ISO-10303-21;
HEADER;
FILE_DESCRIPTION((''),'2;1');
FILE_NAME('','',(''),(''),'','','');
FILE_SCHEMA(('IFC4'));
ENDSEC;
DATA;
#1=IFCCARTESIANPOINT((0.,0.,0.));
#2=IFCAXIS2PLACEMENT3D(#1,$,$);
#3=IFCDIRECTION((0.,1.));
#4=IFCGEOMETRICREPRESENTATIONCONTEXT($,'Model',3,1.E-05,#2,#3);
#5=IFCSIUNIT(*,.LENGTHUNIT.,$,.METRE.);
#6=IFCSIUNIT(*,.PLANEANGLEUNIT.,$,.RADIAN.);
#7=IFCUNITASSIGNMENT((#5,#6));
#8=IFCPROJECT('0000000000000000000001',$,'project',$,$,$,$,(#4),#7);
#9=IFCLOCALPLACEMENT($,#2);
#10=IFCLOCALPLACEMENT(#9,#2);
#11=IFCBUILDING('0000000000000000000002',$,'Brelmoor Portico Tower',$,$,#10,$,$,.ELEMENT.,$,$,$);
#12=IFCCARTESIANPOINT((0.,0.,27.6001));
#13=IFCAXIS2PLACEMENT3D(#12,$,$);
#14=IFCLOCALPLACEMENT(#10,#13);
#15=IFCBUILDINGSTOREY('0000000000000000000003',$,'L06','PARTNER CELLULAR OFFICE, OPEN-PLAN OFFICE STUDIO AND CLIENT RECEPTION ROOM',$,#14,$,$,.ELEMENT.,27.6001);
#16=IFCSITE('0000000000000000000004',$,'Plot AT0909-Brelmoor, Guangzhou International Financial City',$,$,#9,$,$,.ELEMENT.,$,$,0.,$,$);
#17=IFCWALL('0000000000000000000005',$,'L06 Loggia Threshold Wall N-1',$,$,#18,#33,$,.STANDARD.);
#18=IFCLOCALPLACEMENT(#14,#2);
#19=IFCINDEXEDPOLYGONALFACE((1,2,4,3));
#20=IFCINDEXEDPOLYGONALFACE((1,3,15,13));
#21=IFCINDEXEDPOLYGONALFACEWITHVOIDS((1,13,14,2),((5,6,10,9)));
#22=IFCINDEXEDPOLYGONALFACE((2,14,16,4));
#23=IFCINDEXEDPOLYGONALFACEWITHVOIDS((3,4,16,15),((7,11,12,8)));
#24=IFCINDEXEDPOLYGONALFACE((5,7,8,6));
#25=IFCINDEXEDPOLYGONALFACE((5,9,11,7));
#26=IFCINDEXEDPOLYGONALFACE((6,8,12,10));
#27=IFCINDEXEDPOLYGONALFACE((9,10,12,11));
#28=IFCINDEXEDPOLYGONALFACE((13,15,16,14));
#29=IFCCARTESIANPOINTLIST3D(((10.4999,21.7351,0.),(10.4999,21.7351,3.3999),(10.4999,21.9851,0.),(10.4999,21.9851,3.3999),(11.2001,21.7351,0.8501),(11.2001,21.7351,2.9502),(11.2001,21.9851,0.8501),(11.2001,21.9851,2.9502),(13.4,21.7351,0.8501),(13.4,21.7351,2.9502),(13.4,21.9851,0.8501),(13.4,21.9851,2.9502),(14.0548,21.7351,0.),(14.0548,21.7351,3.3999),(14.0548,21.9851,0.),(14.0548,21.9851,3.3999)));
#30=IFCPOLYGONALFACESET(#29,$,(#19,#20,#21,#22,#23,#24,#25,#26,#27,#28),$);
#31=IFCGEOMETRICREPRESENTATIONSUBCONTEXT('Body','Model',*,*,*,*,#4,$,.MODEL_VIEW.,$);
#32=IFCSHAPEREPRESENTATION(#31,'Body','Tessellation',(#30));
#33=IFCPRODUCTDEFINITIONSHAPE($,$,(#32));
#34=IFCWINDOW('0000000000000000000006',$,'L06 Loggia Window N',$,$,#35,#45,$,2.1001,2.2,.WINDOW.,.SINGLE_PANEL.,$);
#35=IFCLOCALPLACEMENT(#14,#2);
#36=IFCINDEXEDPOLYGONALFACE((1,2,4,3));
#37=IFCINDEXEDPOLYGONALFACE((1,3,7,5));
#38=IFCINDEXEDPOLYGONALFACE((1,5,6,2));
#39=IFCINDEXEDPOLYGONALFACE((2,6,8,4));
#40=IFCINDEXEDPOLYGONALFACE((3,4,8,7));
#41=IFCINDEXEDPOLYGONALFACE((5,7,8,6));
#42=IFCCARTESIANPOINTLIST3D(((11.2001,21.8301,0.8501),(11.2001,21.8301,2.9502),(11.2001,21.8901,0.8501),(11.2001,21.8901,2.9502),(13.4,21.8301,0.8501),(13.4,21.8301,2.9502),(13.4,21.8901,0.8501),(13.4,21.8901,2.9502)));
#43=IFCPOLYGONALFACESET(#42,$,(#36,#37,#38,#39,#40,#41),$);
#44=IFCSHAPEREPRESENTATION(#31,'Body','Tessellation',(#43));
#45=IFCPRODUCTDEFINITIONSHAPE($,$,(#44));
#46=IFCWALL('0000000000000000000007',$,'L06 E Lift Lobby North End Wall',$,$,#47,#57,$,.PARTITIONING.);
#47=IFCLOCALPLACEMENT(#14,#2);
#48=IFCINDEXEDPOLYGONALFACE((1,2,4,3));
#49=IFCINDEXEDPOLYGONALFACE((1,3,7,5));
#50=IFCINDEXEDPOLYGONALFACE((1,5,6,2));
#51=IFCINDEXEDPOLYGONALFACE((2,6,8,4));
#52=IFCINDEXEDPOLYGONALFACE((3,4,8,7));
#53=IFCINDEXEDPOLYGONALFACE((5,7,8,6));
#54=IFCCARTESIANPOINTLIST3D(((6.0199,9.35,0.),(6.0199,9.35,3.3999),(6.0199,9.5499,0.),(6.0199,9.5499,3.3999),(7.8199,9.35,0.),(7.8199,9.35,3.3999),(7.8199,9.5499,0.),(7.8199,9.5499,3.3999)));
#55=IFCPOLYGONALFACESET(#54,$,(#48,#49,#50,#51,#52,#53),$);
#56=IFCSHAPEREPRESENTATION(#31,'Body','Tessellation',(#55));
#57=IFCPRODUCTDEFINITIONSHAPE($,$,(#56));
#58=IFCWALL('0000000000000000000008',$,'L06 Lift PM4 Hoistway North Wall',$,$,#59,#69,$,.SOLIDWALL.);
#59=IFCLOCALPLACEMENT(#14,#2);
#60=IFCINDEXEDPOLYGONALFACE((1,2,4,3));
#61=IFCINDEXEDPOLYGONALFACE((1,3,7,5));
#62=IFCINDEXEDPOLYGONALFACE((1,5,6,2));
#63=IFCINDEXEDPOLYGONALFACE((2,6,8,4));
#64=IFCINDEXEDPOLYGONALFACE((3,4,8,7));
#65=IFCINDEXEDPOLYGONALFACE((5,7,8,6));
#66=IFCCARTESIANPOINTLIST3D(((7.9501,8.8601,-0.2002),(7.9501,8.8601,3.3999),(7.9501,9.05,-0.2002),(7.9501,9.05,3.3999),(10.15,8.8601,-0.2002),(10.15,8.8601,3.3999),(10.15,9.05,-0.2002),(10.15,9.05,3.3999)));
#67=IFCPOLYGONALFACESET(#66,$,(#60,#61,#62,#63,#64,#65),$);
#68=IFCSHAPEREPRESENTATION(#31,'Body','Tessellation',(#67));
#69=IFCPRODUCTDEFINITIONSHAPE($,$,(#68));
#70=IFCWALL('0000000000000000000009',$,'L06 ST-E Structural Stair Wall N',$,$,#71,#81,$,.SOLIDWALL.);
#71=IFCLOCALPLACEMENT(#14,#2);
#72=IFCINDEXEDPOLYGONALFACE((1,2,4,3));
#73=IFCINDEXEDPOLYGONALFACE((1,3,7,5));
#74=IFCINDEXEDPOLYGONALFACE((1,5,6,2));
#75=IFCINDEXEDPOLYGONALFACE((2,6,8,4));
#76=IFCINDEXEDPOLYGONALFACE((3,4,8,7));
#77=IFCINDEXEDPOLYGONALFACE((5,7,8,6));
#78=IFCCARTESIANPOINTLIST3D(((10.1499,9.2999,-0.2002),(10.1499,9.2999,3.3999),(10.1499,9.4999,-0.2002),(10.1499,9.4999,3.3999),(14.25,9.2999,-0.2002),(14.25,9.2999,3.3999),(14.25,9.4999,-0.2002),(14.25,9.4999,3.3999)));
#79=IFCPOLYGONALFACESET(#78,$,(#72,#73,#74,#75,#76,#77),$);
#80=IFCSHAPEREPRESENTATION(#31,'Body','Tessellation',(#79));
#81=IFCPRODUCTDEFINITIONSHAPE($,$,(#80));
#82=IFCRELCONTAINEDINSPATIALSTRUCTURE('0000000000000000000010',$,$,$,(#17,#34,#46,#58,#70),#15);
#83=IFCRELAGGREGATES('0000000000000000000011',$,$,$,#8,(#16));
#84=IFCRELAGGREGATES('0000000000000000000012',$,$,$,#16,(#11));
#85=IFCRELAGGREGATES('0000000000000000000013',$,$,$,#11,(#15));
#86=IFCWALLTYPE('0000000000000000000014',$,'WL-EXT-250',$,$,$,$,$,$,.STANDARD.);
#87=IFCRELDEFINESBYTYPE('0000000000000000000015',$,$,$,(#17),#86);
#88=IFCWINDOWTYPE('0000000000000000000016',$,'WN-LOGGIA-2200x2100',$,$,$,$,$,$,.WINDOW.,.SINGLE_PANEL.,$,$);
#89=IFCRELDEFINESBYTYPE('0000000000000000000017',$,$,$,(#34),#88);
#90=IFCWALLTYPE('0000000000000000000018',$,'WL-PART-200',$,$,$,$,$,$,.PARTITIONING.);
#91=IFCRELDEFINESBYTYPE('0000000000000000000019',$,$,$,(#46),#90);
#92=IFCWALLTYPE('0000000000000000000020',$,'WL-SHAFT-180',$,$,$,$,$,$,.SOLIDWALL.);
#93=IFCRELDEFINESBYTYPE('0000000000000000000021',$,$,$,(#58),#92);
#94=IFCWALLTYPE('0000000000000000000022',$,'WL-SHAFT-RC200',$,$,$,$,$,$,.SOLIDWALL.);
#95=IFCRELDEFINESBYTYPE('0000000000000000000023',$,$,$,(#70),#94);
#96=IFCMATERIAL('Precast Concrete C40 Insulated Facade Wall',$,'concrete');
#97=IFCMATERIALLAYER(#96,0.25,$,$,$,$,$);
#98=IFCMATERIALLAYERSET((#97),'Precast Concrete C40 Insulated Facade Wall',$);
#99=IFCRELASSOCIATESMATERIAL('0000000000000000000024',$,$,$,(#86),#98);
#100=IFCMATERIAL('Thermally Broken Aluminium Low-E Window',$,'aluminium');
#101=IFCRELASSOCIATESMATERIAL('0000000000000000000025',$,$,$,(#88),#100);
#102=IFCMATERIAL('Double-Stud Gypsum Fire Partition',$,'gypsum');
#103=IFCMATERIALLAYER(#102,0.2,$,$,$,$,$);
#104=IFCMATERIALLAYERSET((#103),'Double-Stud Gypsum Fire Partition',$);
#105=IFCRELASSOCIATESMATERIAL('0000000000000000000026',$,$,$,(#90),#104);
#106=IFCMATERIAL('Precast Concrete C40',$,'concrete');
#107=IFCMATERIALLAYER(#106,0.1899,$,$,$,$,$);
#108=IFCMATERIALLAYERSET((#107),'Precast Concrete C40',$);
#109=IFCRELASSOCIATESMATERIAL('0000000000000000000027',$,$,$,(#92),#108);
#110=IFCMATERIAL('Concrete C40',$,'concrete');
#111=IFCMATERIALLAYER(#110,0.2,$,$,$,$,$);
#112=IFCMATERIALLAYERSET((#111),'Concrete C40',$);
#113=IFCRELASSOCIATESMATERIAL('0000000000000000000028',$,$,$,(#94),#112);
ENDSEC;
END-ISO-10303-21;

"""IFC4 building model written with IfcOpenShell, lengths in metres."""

from ifc_helpers import new_model, si_unit, direction, frame, frame_2d, origin, place, context, subcontext, project, spatial, rectangle, extrude, material, layer, layer_set, type_object, element, fill, save


model = new_model("IFC4")

# Units and contexts
model_context = context("Model", 3, precision=1e-05, world=origin(), true_north=direction((0.0, 1.0)))
body_context = subcontext(model_context, "Body", "Model", "MODEL_VIEW")
ifc_project = project(units=[si_unit("LENGTHUNIT", "METRE"), si_unit("PLANEANGLEUNIT", "RADIAN")], contexts=[model_context])

# Site, building, storey
site_placement = place(None, origin())
site = spatial("IfcSite", under=ifc_project, at=site_placement, Name="Plot AT0909-Brelmoor, Guangzhou International Financial City", CompositionType="ELEMENT", RefElevation=0.0)
building_placement = place(site_placement, origin())
building = spatial("IfcBuilding", under=site, at=building_placement, Name="Brelmoor Portico Tower", CompositionType="ELEMENT")
storey_placement = place(building_placement, frame((0.0, 0.0, 27.6001)))
storey = spatial("IfcBuildingStorey", under=building, at=storey_placement, Name="L06", Description="PARTNER CELLULAR OFFICE, OPEN-PLAN OFFICE STUDIO AND CLIENT RECEPTION ROOM", CompositionType="ELEMENT", Elevation=27.6001)

# Wall, opening, window
ifc_material_1 = material(Name="Precast Concrete C40 Insulated Facade Wall", Category="concrete")
ifc_layer_1 = layer(ifc_material_1, 0.25)
ifc_layer_set_1 = layer_set([ifc_layer_1], Name="Precast Concrete C40 Insulated Facade Wall")
wall_type_1 = type_object("IfcWallType", Name="WL-EXT-250", PredefinedType="STANDARD", material=ifc_layer_set_1)
wall_1_placement = place(storey_placement, frame((10.5, 21.8601, 0.0), z_axis=(0.0, 0.0, 1.0), x_axis=(1.0, 0.0, 0.0)))
wall_1 = element("IfcWall", 1, at=wall_1_placement, inside=storey, type_object=wall_type_1, Name="L06 Loggia Threshold Wall N-1", PredefinedType="STANDARD", context=body_context, shape_type="SweptSolid", body=[
    extrude(rectangle(XDim=3.5549, YDim=0.25, at=frame_2d((1.7773, 0.0))), origin(), (0.0, 0.0, 1.0), 3.3999),
])
opening_placement = place(wall_1_placement, frame((0.7, 0.0, 0.8501)))
opening = element("IfcOpeningElement", 2, at=opening_placement, cuts=wall_1, PredefinedType="OPENING", context=body_context, shape_type="SweptSolid", body=[
    extrude(rectangle(XDim=2.2, YDim=2.1001, at=frame_2d((1.1001, 1.05))), frame((0.0, 0.135, 0.0), z_axis=(0.0, -1.0, 0.0), x_axis=(1.0, 0.0, 0.0)), (0.0, 0.0, 1.0), 0.27),
])
ifc_material_2 = material(Name="Thermally Broken Aluminium Low-E Window", Category="aluminium")
window_type = type_object("IfcWindowType", Name="WN-LOGGIA-2200x2100", PartitioningType="SINGLE_PANEL", PredefinedType="WINDOW", material=ifc_material_2)
window_placement = place(opening_placement, origin())
window = element("IfcWindow", 3, at=window_placement, inside=storey, type_object=window_type, Name="L06 Loggia Window N", OverallHeight=2.1001, OverallWidth=2.2, PartitioningType="SINGLE_PANEL", PredefinedType="WINDOW", context=body_context, shape_type="SweptSolid", body=[
    extrude(rectangle(XDim=2.2, YDim=2.1001, at=frame_2d((1.1001, 1.05))), frame((0.0, 0.03, 0.0), z_axis=(0.0, -1.0, 0.0), x_axis=(1.0, 0.0, 0.0)), (0.0, 0.0, 1.0), 0.0601),
])
fill(opening, window)

# Walls
ifc_material_3 = material(Name="Double-Stud Gypsum Fire Partition", Category="gypsum")
ifc_layer_2 = layer(ifc_material_3, 0.2)
ifc_layer_set_2 = layer_set([ifc_layer_2], Name="Double-Stud Gypsum Fire Partition")
wall_type_2 = type_object("IfcWallType", Name="WL-PART-200", PredefinedType="PARTITIONING", material=ifc_layer_set_2)
wall_2_placement = place(storey_placement, frame((6.02, 9.45, 0.0), z_axis=(0.0, 0.0, 1.0), x_axis=(1.0, 0.0, 0.0)))
element("IfcWall", 4, at=wall_2_placement, inside=storey, type_object=wall_type_2, Name="L06 E Lift Lobby North End Wall", PredefinedType="PARTITIONING", context=body_context, shape_type="SweptSolid", body=[
    extrude(rectangle(XDim=1.8, YDim=0.2, at=frame_2d((0.8999, 0.0))), origin(), (0.0, 0.0, 1.0), 3.3999),
])
ifc_material_4 = material(Name="Precast Concrete C40", Category="concrete")
ifc_layer_3 = layer(ifc_material_4, 0.1899)
ifc_layer_set_3 = layer_set([ifc_layer_3], Name="Precast Concrete C40")
wall_type_3 = type_object("IfcWallType", Name="WL-SHAFT-180", PredefinedType="SOLIDWALL", material=ifc_layer_set_3)
wall_3_placement = place(storey_placement, frame((7.95, 8.9551, -0.2002), z_axis=(0.0, 0.0, 1.0), x_axis=(1.0, 0.0, 0.0)))
element("IfcWall", 5, at=wall_3_placement, inside=storey, type_object=wall_type_3, Name="L06 Lift PM4 Hoistway North Wall", PredefinedType="SOLIDWALL", context=body_context, shape_type="SweptSolid", body=[
    extrude(rectangle(XDim=2.2, YDim=0.1899, at=frame_2d((1.1001, 0.0))), origin(), (0.0, 0.0, 1.0), 3.6001),
])
ifc_material_5 = material(Name="Concrete C40", Category="concrete")
ifc_layer_4 = layer(ifc_material_5, 0.2)
ifc_layer_set_4 = layer_set([ifc_layer_4], Name="Concrete C40")
wall_type_4 = type_object("IfcWallType", Name="WL-SHAFT-RC200", PredefinedType="SOLIDWALL", material=ifc_layer_set_4)
wall_4_placement = place(storey_placement, frame((10.1499, 9.3999, -0.2002), z_axis=(0.0, 0.0, 1.0), x_axis=(1.0, 0.0, 0.0)))
element("IfcWall", 6, at=wall_4_placement, inside=storey, type_object=wall_type_4, Name="L06 ST-E Structural Stair Wall N", PredefinedType="SOLIDWALL", context=body_context, shape_type="SweptSolid", body=[
    extrude(rectangle(XDim=4.1001, YDim=0.2, at=frame_2d((2.05, 0.0))), origin(), (0.0, 0.0, 1.0), 3.6001),
])

save(model, "model.ifc")
